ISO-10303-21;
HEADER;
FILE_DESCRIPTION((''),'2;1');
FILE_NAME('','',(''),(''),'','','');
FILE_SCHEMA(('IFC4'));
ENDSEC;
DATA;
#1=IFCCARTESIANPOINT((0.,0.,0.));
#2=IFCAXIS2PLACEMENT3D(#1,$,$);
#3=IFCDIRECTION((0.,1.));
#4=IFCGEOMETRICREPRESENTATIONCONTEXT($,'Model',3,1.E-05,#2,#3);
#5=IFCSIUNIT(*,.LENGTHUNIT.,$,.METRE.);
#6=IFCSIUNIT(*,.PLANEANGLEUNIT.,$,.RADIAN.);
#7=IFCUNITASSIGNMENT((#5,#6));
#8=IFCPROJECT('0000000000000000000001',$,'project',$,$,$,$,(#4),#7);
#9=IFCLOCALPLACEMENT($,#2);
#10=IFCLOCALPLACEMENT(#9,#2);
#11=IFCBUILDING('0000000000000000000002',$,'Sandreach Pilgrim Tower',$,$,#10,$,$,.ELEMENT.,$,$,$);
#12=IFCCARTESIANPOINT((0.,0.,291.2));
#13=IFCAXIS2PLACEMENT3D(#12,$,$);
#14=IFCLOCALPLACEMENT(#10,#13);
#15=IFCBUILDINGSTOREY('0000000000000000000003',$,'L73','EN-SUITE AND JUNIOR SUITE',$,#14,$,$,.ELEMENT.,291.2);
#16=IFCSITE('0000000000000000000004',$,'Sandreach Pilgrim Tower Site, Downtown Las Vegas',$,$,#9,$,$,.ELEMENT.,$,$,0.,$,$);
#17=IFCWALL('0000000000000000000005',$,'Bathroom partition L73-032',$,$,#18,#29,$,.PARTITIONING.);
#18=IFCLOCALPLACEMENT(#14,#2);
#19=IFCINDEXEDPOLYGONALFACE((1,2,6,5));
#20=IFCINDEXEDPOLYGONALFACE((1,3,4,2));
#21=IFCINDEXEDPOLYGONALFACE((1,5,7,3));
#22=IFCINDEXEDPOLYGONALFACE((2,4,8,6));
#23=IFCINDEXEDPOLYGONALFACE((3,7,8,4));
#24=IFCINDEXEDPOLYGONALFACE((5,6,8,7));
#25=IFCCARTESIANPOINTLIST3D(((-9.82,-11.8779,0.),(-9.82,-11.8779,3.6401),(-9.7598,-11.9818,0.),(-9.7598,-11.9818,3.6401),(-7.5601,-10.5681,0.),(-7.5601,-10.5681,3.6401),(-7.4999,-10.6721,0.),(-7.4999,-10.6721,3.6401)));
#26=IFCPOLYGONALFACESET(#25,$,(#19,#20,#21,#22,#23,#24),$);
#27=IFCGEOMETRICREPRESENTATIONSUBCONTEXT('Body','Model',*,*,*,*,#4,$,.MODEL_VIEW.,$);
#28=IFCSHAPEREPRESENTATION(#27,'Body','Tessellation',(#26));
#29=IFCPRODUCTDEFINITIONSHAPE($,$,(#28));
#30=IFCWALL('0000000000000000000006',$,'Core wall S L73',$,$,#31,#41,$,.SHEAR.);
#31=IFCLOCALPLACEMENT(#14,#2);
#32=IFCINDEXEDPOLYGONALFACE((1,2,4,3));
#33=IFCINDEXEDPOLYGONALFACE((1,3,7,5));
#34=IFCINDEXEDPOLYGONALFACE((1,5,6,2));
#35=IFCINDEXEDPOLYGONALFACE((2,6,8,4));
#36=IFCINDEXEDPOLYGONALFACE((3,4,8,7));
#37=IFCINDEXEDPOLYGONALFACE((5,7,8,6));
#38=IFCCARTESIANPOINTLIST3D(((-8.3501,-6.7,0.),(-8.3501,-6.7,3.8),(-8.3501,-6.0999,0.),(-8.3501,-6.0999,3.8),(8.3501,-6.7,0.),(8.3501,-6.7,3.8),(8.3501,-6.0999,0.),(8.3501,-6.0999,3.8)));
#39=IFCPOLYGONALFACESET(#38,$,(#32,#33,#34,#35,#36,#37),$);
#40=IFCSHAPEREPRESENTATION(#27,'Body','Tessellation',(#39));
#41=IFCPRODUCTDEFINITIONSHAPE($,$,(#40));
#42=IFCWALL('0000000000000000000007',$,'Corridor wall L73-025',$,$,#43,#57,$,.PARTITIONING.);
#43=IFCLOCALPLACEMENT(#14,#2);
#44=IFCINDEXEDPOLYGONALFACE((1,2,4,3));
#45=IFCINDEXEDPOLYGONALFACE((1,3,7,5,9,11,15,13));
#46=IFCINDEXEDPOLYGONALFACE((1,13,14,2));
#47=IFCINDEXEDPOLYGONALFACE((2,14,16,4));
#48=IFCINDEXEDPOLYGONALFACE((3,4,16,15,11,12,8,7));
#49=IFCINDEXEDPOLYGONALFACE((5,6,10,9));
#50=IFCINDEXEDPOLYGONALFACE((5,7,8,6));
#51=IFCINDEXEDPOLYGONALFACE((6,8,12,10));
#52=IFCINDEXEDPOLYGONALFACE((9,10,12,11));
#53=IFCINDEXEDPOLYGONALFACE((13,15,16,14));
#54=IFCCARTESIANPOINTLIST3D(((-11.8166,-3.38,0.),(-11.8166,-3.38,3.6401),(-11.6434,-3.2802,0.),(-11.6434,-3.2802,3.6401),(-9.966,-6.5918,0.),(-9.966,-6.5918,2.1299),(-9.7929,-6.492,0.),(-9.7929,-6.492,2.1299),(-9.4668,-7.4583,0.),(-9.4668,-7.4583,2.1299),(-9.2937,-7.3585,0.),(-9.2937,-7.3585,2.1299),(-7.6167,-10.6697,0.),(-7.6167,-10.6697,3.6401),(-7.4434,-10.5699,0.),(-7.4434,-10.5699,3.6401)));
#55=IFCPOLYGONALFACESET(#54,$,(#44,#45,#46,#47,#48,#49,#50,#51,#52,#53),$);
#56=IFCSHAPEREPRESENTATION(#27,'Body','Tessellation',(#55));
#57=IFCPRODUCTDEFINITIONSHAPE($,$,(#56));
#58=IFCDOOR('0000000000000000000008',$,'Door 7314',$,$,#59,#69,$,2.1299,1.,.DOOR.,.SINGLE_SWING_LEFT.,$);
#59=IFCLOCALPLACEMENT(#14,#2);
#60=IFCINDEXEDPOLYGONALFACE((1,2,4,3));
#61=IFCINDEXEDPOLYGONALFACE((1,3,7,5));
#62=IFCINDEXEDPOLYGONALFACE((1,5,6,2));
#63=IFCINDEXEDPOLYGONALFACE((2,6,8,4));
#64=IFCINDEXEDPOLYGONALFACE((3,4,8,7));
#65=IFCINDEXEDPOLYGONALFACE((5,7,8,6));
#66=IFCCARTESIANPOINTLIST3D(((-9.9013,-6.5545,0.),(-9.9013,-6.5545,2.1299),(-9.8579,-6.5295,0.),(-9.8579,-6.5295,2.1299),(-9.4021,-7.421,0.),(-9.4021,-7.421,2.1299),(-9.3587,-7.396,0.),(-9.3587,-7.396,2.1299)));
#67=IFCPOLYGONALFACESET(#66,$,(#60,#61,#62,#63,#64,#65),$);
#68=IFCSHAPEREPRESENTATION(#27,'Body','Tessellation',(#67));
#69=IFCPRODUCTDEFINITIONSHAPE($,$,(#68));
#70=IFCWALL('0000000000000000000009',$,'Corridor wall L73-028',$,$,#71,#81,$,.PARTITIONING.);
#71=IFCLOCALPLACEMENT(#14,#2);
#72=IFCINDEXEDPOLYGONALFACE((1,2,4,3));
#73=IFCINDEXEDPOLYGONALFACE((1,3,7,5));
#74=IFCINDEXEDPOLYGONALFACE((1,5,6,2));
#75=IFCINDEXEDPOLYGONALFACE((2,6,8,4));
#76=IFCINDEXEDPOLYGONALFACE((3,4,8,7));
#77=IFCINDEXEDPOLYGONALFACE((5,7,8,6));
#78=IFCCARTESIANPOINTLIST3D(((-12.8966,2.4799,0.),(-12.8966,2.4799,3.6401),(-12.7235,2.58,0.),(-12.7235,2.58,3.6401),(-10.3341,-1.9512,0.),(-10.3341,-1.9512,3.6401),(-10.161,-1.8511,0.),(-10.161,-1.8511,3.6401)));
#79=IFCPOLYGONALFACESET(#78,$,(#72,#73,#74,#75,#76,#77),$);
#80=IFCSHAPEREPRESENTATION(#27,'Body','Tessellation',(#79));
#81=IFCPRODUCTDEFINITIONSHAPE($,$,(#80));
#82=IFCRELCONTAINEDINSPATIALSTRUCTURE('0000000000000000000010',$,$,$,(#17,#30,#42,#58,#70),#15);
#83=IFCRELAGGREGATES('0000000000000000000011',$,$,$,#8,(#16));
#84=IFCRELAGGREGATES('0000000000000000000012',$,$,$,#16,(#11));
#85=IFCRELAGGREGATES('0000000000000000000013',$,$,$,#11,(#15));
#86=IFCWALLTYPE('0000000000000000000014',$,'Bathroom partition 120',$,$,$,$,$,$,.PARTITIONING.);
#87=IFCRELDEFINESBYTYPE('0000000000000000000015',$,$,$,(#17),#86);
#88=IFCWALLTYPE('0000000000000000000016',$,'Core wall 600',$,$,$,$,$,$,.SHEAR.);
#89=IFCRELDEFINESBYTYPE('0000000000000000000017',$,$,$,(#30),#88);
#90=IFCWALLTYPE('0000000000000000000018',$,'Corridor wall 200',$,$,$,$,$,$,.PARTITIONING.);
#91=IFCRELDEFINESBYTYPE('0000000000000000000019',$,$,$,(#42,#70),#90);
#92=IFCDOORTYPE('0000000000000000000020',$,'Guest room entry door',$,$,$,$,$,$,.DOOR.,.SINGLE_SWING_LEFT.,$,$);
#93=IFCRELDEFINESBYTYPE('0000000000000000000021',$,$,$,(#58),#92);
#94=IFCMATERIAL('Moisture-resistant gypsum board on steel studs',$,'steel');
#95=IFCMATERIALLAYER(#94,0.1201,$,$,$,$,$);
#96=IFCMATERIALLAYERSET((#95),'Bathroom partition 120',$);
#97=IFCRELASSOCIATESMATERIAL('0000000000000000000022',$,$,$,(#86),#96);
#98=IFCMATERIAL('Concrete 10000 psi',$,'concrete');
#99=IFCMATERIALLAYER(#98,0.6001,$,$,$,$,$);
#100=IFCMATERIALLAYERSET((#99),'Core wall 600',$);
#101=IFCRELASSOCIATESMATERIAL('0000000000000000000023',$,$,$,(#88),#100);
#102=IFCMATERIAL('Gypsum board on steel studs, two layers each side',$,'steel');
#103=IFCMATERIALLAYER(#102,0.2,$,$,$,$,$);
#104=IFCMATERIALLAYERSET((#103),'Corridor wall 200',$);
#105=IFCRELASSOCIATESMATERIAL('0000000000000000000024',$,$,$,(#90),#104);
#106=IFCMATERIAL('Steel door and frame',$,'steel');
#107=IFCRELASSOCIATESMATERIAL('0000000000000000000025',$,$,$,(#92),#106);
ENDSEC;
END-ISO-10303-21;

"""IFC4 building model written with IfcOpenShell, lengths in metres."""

from ifc_helpers import new_model, si_unit, direction, frame, frame_2d, origin, place, context, subcontext, project, spatial, rectangle, extrude, material, layer, layer_set, type_object, element, fill, save


model = new_model("IFC4")

# Units and contexts
model_context = context("Model", 3, precision=1e-05, world=origin(), true_north=direction((0.0, 1.0)))
body_context = subcontext(model_context, "Body", "Model", "MODEL_VIEW")
ifc_project = project(units=[si_unit("LENGTHUNIT", "METRE"), si_unit("PLANEANGLEUNIT", "RADIAN")], contexts=[model_context])

# Site, building, storey
site_placement = place(None, origin())
site = spatial("IfcSite", under=ifc_project, at=site_placement, Name="Sandreach Pilgrim Tower Site, Downtown Las Vegas", CompositionType="ELEMENT", RefElevation=0.0)
building_placement = place(site_placement, origin())
building = spatial("IfcBuilding", under=site, at=building_placement, Name="Sandreach Pilgrim Tower", CompositionType="ELEMENT")
storey_placement = place(building_placement, frame((0.0, 0.0, 291.2)))
storey = spatial("IfcBuildingStorey", under=building, at=storey_placement, Name="L73", Description="EN-SUITE AND JUNIOR SUITE", CompositionType="ELEMENT", Elevation=291.2)

# Shared definitions
ifc_material_1 = material(Name="Moisture-resistant gypsum board on steel studs", Category="steel")
ifc_layer_1 = layer(ifc_material_1, 0.1201)
ifc_layer_set_1 = layer_set([ifc_layer_1], Name="Bathroom partition 120")
wall_type_1 = type_object("IfcWallType", Name="Bathroom partition 120", PredefinedType="PARTITIONING", material=ifc_layer_set_1)

# Walls
wall_1_placement = place(storey_placement, frame((-9.79, -11.9299, 0.0), z_axis=(0.0, 0.0, 1.0), x_axis=(0.865196, 0.501434, 0.0)))
element("IfcWall", 1, at=wall_1_placement, inside=storey, type_object=wall_type_1, Name="Bathroom partition L73-032", PredefinedType="PARTITIONING", context=body_context, shape_type="SweptSolid", body=[
    extrude(rectangle(XDim=2.6121, YDim=0.1201, at=frame_2d((1.3062, 0.0))), origin(), (0.0, 0.0, 1.0), 3.6401),
])
ifc_material_2 = material(Name="Concrete 10000 psi", Category="concrete")
ifc_layer_2 = layer(ifc_material_2, 0.6001)
ifc_layer_set_2 = layer_set([ifc_layer_2], Name="Core wall 600")
wall_type_2 = type_object("IfcWallType", Name="Core wall 600", PredefinedType="SHEAR", material=ifc_layer_set_2)
wall_2_placement = place(storey_placement, frame((-8.3501, -6.3999, 0.0), z_axis=(0.0, 0.0, 1.0), x_axis=(1.0, 0.0, 0.0)))
element("IfcWall", 2, at=wall_2_placement, inside=storey, type_object=wall_type_2, Name="Core wall S L73", PredefinedType="SHEAR", context=body_context, shape_type="SweptSolid", body=[
    extrude(rectangle(XDim=16.7002, YDim=0.6001, at=frame_2d((8.3501, 0.0))), origin(), (0.0, 0.0, 1.0), 3.8),
])

# Wall, opening, door
ifc_material_3 = material(Name="Gypsum board on steel studs, two layers each side", Category="steel")
ifc_layer_3 = layer(ifc_material_3, 0.2)
ifc_layer_set_3 = layer_set([ifc_layer_3], Name="Corridor wall 200")
wall_type_3 = type_object("IfcWallType", Name="Corridor wall 200", PredefinedType="PARTITIONING", material=ifc_layer_set_3)
wall_3_placement = place(storey_placement, frame((-11.73, -3.3301, 0.0), z_axis=(0.0, 0.0, 1.0), x_axis=(0.499214, -0.866479, 0.0)))
wall_3 = element("IfcWall", 3, at=wall_3_placement, inside=storey, type_object=wall_type_3, Name="Corridor wall L73-025", PredefinedType="PARTITIONING", context=body_context, shape_type="SweptSolid", body=[
    extrude(rectangle(XDim=8.4131, YDim=0.2, at=frame_2d((4.2065, 0.0))), origin(), (0.0, 0.0, 1.0), 3.6401),
])
opening_1_placement = place(wall_3_placement, frame((3.7068, 0.0, 0.0)))
opening_1 = element("IfcOpeningElement", 4, at=opening_1_placement, cuts=wall_3, PredefinedType="OPENING", context=body_context, shape_type="SweptSolid", body=[
    extrude(rectangle(XDim=1.0, YDim=2.1299, at=frame_2d((0.5, 1.0649))), frame((0.0, 0.1001, 0.0), z_axis=(0.0, -1.0, 0.0), x_axis=(1.0, 0.0, 0.0)), (0.0, 0.0, 1.0), 0.2),
])
ifc_material_4 = material(Name="Steel door and frame", Category="steel")
door_type_1 = type_object("IfcDoorType", Name="Guest room entry door", OperationType="SINGLE_SWING_LEFT", PredefinedType="DOOR", material=ifc_material_4)
door_1_placement = place(opening_1_placement, origin())
door_1 = element("IfcDoor", 5, at=door_1_placement, inside=storey, type_object=door_type_1, Name="Door 7314", OperationType="SINGLE_SWING_LEFT", OverallHeight=2.1299, OverallWidth=1.0, PredefinedType="DOOR", context=body_context, shape_type="SweptSolid", body=[
    extrude(rectangle(XDim=1.0, YDim=2.1299, at=frame_2d((0.5, 1.0649))), frame((0.0, 0.0249, 0.0), z_axis=(0.0, -1.0, 0.0), x_axis=(1.0, 0.0, 0.0)), (0.0, 0.0, 1.0), 0.05),
])
fill(opening_1, door_1)

# Wall
wall_4_placement = place(storey_placement, frame((-10.2476, -1.9011, 0.0), z_axis=(0.0, 0.0, 1.0), x_axis=(-0.500611, 0.865672, 0.0)))
element("IfcWall", 6, at=wall_4_placement, inside=storey, type_object=wall_type_3, Name="Corridor wall L73-028", PredefinedType="PARTITIONING", context=body_context, shape_type="SweptSolid", body=[
    extrude(rectangle(XDim=5.1187, YDim=0.2, at=frame_2d((2.5593, 0.0))), origin(), (0.0, 0.0, 1.0), 3.6401),
])

save(model, "model.ifc")
